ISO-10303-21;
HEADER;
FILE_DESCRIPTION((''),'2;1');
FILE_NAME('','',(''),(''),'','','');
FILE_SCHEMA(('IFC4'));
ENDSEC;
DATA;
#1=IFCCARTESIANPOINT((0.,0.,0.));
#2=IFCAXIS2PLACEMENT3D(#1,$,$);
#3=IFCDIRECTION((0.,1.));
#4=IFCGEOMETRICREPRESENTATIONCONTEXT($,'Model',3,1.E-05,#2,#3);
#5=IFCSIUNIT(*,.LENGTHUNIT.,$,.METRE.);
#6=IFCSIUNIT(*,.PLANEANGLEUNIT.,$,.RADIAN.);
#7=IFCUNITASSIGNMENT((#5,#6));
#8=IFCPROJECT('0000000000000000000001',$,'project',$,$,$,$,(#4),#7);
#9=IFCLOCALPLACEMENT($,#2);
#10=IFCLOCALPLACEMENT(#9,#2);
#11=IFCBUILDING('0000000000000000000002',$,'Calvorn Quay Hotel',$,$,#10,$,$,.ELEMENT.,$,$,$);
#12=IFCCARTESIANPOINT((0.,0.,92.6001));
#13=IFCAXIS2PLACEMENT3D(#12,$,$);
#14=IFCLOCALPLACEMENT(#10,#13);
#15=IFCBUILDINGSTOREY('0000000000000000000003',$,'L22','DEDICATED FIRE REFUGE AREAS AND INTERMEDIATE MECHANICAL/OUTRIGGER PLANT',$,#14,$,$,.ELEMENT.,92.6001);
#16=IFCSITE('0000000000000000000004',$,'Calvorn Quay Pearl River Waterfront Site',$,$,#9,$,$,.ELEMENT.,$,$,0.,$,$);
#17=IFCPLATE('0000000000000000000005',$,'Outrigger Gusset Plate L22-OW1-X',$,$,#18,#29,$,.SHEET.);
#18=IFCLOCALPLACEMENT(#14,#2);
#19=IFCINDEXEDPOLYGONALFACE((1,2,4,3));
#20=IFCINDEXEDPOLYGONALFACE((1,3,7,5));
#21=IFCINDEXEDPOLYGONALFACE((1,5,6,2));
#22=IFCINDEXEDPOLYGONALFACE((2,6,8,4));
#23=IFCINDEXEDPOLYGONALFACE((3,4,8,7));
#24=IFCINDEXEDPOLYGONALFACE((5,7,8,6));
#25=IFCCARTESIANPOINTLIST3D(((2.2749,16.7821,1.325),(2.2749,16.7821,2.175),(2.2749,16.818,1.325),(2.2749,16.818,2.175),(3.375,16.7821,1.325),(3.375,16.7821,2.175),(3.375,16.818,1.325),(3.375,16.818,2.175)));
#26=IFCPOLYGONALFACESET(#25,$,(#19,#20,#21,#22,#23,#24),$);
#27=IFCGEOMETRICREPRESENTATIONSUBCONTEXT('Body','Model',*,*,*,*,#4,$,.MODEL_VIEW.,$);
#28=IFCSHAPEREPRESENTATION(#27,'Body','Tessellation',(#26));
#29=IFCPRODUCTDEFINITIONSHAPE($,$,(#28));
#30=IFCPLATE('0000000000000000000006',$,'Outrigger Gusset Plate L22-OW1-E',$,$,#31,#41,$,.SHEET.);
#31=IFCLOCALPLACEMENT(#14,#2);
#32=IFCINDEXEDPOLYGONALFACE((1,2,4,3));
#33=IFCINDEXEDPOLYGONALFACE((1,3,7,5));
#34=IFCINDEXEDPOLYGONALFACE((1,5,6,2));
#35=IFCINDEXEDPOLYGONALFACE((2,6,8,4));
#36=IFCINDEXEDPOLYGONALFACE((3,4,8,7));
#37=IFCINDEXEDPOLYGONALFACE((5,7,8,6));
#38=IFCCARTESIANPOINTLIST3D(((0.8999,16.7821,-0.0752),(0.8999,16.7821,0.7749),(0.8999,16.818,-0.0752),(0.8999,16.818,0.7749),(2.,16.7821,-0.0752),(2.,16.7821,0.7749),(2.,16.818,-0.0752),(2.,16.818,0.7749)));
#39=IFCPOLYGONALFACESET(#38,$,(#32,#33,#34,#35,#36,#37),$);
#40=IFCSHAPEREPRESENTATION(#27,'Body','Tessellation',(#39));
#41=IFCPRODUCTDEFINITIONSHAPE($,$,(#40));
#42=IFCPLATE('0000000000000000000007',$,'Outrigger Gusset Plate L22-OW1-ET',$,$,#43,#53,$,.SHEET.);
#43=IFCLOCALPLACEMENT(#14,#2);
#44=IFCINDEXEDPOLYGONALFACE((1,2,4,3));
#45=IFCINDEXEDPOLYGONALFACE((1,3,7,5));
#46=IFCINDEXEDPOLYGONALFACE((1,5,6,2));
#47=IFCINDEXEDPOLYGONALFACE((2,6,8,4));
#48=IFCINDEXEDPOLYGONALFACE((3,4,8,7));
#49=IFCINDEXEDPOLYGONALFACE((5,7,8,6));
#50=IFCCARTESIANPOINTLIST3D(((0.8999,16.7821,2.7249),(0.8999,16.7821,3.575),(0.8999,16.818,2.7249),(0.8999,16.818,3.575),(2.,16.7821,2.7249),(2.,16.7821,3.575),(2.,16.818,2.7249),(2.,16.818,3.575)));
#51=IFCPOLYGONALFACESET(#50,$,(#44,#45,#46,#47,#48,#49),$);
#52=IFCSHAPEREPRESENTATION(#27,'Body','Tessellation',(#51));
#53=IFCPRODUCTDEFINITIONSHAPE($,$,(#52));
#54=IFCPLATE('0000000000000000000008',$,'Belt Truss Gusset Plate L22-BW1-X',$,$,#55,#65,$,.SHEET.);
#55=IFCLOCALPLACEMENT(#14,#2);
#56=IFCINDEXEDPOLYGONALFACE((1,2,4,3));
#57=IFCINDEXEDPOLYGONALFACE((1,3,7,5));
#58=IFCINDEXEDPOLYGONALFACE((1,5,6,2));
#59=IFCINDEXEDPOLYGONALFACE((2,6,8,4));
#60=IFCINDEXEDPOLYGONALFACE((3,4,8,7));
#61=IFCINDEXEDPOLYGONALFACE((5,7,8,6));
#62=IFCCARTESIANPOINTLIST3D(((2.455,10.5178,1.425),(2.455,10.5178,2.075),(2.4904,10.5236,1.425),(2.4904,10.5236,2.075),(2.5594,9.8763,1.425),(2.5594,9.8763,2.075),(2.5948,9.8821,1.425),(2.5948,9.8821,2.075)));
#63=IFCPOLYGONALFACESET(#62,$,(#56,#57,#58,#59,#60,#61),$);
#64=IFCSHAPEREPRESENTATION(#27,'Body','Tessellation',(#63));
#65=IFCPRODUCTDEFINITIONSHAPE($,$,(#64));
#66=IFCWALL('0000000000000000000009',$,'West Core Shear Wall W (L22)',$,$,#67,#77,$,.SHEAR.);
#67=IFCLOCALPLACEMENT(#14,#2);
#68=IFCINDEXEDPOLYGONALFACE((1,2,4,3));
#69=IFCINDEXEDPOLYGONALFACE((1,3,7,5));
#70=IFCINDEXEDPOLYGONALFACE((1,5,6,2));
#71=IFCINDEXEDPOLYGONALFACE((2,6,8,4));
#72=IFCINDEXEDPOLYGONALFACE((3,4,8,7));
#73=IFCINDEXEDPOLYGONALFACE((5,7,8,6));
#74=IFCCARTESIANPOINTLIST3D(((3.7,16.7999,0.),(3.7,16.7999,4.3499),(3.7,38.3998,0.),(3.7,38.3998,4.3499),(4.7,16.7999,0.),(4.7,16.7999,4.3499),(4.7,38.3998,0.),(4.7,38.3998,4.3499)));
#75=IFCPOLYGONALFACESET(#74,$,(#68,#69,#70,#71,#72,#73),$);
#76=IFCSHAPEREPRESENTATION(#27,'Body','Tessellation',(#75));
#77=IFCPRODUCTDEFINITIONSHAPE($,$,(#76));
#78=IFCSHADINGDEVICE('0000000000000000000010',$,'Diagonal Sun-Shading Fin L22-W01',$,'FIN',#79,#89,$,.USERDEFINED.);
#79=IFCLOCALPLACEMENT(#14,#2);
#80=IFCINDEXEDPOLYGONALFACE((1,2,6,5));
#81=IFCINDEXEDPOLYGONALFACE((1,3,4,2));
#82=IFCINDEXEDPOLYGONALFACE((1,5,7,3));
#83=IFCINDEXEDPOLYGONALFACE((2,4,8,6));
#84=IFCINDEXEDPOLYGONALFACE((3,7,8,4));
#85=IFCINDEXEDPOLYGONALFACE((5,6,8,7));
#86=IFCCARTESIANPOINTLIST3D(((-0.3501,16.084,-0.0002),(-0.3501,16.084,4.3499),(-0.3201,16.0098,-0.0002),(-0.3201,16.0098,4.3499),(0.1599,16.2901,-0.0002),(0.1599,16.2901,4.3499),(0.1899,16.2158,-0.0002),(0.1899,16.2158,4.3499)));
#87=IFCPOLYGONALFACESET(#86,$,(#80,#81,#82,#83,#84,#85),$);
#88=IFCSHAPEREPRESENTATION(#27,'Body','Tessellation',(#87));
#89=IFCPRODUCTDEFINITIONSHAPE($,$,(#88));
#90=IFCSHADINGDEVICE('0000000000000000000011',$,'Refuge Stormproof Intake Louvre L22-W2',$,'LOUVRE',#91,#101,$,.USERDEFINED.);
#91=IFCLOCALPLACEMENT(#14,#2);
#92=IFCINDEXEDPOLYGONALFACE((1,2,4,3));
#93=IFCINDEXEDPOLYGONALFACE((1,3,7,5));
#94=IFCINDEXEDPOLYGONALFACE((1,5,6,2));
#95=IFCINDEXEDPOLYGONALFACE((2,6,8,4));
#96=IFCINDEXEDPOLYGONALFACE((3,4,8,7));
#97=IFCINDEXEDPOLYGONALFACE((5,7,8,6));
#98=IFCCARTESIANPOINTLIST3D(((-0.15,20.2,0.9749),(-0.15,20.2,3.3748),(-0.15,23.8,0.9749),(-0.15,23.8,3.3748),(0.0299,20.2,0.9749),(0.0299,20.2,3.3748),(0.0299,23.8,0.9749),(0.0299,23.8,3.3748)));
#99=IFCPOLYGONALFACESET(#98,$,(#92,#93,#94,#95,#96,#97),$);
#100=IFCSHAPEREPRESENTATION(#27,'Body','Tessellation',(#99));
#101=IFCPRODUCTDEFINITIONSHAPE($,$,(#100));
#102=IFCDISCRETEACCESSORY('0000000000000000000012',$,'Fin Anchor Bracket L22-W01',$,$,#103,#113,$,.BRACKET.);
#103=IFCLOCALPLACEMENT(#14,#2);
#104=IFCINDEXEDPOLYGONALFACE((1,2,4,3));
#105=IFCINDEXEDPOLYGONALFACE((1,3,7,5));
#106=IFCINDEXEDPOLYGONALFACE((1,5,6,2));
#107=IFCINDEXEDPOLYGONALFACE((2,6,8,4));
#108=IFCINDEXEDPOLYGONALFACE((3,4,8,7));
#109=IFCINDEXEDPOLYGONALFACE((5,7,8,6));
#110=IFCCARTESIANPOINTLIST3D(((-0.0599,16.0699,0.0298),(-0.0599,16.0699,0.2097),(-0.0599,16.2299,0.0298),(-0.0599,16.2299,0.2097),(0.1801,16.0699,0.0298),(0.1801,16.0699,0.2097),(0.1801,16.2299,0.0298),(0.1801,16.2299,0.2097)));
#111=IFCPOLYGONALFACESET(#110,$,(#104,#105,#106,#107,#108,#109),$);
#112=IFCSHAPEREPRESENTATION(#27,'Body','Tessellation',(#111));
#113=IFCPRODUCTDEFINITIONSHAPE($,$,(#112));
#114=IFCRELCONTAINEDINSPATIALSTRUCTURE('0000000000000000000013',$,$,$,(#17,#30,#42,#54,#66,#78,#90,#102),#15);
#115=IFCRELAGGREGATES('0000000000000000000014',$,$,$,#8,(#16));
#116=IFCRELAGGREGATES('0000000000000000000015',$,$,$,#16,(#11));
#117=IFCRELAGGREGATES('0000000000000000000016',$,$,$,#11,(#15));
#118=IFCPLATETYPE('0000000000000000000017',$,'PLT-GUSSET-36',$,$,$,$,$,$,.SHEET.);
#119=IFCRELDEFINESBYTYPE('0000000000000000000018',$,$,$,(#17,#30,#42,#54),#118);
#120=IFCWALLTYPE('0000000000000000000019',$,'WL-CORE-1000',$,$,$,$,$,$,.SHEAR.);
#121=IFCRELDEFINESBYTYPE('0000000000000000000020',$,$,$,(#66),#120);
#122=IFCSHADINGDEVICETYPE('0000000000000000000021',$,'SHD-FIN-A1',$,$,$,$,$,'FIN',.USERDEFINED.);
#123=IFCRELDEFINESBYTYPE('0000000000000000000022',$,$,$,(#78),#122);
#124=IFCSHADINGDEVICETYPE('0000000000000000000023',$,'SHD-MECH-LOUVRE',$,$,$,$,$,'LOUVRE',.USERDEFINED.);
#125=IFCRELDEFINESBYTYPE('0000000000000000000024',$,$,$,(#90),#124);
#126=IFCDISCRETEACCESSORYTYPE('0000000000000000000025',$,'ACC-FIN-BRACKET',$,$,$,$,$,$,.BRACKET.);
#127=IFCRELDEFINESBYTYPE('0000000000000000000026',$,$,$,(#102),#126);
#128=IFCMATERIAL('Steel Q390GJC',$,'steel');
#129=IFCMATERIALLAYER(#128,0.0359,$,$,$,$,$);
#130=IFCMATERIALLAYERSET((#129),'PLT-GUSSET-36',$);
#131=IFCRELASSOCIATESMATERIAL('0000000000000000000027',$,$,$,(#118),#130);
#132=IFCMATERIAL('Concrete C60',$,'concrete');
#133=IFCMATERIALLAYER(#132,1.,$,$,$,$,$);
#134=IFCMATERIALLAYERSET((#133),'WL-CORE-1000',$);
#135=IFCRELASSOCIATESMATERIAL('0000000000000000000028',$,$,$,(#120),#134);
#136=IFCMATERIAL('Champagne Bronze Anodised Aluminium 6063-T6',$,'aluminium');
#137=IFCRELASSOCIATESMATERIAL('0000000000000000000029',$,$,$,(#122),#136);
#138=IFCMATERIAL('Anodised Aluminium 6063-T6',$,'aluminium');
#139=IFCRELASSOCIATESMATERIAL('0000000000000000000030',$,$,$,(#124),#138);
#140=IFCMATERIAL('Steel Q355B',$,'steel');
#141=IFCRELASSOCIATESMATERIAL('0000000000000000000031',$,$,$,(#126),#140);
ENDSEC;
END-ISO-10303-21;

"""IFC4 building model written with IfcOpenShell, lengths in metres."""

from ifc_helpers import new_model, si_unit, direction, frame, frame_2d, origin, origin_2d, place, context, subcontext, project, spatial, rectangle, extrude, material, layer, layer_set, type_object, element, save


model = new_model("IFC4")

# Units and contexts
model_context = context("Model", 3, precision=1e-05, world=origin(), true_north=direction((0.0, 1.0)))
body_context = subcontext(model_context, "Body", "Model", "MODEL_VIEW")
ifc_project = project(units=[si_unit("LENGTHUNIT", "METRE"), si_unit("PLANEANGLEUNIT", "RADIAN")], contexts=[model_context])

# Site, building, storey
site_placement = place(None, origin())
site = spatial("IfcSite", under=ifc_project, at=site_placement, Name="Calvorn Quay Pearl River Waterfront Site", CompositionType="ELEMENT", RefElevation=0.0)
building_placement = place(site_placement, origin())
building = spatial("IfcBuilding", under=site, at=building_placement, Name="Calvorn Quay Hotel", CompositionType="ELEMENT")
storey_placement = place(building_placement, frame((0.0, 0.0, 92.6001)))
storey = spatial("IfcBuildingStorey", under=building, at=storey_placement, Name="L22", Description="DEDICATED FIRE REFUGE AREAS AND INTERMEDIATE MECHANICAL/OUTRIGGER PLANT", CompositionType="ELEMENT", Elevation=92.6001)

# Plates
ifc_material_1 = material(Name="Steel Q390GJC", Category="steel")
ifc_layer_1 = layer(ifc_material_1, 0.0359)
ifc_layer_set_1 = layer_set([ifc_layer_1], Name="PLT-GUSSET-36")
plate_type = type_object("IfcPlateType", Name="PLT-GUSSET-36", PredefinedType="SHEET", material=ifc_layer_set_1)
for number, where, z_axis, x_axis, name in (
    (1, (2.825, 16.8, 1.325), (0.0, 0.0, 1.0), (-1.0, 0.0, 0.0), "Outrigger Gusset Plate L22-OW1-X"),
    (2, (1.45, 16.8, -0.0752), (0.0, 0.0, 1.0), (-1.0, 0.0, 0.0), "Outrigger Gusset Plate L22-OW1-E"),
    (3, (1.45, 16.8, 2.7249), (0.0, 0.0, 1.0), (-1.0, 0.0, 0.0), "Outrigger Gusset Plate L22-OW1-ET"),
):
    element("IfcPlate", number, at=place(storey_placement, frame(where, z_axis=z_axis, x_axis=x_axis)), inside=storey, type_object=plate_type, Name=name, PredefinedType="SHEET", context=body_context, shape_type="SweptSolid", body=[
        extrude(rectangle(XDim=1.1001, YDim=0.0359, at=origin_2d()), origin(), (0.0, 0.0, 1.0), 0.8501),
    ])
plate_placement = place(storey_placement, frame((2.5249, 10.2, 1.425), z_axis=(0.0, 0.0, 1.0), x_axis=(-0.160743, 0.986996, 0.0)))
element("IfcPlate", 4, at=plate_placement, inside=storey, type_object=plate_type, Name="Belt Truss Gusset Plate L22-BW1-X", PredefinedType="SHEET", context=body_context, shape_type="SweptSolid", body=[
    extrude(rectangle(XDim=0.6499, YDim=0.0359, at=origin_2d()), origin(), (0.0, 0.0, 1.0), 0.6499),
])

# Wall
ifc_material_2 = material(Name="Concrete C60", Category="concrete")
ifc_layer_2 = layer(ifc_material_2, 1.0)
ifc_layer_set_2 = layer_set([ifc_layer_2], Name="WL-CORE-1000")
wall_type = type_object("IfcWallType", Name="WL-CORE-1000", PredefinedType="SHEAR", material=ifc_layer_set_2)
wall_placement = place(storey_placement, frame((4.2, 16.8, 0.0), z_axis=(0.0, 0.0, 1.0), x_axis=(0.0, 1.0, 0.0)))
element("IfcWall", 5, at=wall_placement, inside=storey, type_object=wall_type, Name="West Core Shear Wall W (L22)", PredefinedType="SHEAR", context=body_context, shape_type="SweptSolid", body=[
    extrude(rectangle(XDim=21.5999, YDim=1.0, at=frame_2d((10.7998, 0.0))), origin(), (0.0, 0.0, 1.0), 4.3499),
])

# Shading devices
ifc_material_3 = material(Name="Champagne Bronze Anodised Aluminium 6063-T6", Category="aluminium")
shading_device_type_1 = type_object("IfcShadingDeviceType", Name="SHD-FIN-A1", ElementType="FIN", PredefinedType="USERDEFINED", material=ifc_material_3)
shading_device_1_placement = place(storey_placement, frame((-0.0801, 16.1499, -0.0002), z_axis=(0.0, 0.0, 1.0), x_axis=(0.927184, 0.374607, 0.0)))
element("IfcShadingDevice", 6, at=shading_device_1_placement, inside=storey, type_object=shading_device_type_1, Name="Diagonal Sun-Shading Fin L22-W01", ObjectType="FIN", PredefinedType="USERDEFINED", context=body_context, shape_type="SweptSolid", body=[
    extrude(rectangle(XDim=0.55, YDim=0.0801, at=origin_2d()), origin(), (0.0, 0.0, 1.0), 4.3501),
])
ifc_material_4 = material(Name="Anodised Aluminium 6063-T6", Category="aluminium")
shading_device_type_2 = type_object("IfcShadingDeviceType", Name="SHD-MECH-LOUVRE", ElementType="LOUVRE", PredefinedType="USERDEFINED", material=ifc_material_4)
shading_device_2_placement = place(storey_placement, frame((-0.0601, 22.0, 0.9749), z_axis=(0.0, 0.0, 1.0), x_axis=(1.0, 0.0, 0.0)))
element("IfcShadingDevice", 7, at=shading_device_2_placement, inside=storey, type_object=shading_device_type_2, Name="Refuge Stormproof Intake Louvre L22-W2", ObjectType="LOUVRE", PredefinedType="USERDEFINED", context=body_context, shape_type="SweptSolid", body=[
    extrude(rectangle(XDim=0.1799, YDim=3.6001, at=origin_2d()), origin(), (0.0, 0.0, 1.0), 2.3999),
])

# Discrete accessory
ifc_material_5 = material(Name="Steel Q355B", Category="steel")
discrete_accessory_type = type_object("IfcDiscreteAccessoryType", Name="ACC-FIN-BRACKET", PredefinedType="BRACKET", material=ifc_material_5)
discrete_accessory_placement = place(storey_placement, frame((0.0601, 16.1499, 0.0298), z_axis=(0.0, 0.0, 1.0), x_axis=(1.0, 0.0, 0.0)))
element("IfcDiscreteAccessory", 8, at=discrete_accessory_placement, inside=storey, type_object=discrete_accessory_type, Name="Fin Anchor Bracket L22-W01", PredefinedType="BRACKET", context=body_context, shape_type="SweptSolid", body=[
    extrude(rectangle(XDim=0.24, YDim=0.1599, at=origin_2d()), origin(), (0.0, 0.0, 1.0), 0.1799),
])

save(model, "model.ifc")
